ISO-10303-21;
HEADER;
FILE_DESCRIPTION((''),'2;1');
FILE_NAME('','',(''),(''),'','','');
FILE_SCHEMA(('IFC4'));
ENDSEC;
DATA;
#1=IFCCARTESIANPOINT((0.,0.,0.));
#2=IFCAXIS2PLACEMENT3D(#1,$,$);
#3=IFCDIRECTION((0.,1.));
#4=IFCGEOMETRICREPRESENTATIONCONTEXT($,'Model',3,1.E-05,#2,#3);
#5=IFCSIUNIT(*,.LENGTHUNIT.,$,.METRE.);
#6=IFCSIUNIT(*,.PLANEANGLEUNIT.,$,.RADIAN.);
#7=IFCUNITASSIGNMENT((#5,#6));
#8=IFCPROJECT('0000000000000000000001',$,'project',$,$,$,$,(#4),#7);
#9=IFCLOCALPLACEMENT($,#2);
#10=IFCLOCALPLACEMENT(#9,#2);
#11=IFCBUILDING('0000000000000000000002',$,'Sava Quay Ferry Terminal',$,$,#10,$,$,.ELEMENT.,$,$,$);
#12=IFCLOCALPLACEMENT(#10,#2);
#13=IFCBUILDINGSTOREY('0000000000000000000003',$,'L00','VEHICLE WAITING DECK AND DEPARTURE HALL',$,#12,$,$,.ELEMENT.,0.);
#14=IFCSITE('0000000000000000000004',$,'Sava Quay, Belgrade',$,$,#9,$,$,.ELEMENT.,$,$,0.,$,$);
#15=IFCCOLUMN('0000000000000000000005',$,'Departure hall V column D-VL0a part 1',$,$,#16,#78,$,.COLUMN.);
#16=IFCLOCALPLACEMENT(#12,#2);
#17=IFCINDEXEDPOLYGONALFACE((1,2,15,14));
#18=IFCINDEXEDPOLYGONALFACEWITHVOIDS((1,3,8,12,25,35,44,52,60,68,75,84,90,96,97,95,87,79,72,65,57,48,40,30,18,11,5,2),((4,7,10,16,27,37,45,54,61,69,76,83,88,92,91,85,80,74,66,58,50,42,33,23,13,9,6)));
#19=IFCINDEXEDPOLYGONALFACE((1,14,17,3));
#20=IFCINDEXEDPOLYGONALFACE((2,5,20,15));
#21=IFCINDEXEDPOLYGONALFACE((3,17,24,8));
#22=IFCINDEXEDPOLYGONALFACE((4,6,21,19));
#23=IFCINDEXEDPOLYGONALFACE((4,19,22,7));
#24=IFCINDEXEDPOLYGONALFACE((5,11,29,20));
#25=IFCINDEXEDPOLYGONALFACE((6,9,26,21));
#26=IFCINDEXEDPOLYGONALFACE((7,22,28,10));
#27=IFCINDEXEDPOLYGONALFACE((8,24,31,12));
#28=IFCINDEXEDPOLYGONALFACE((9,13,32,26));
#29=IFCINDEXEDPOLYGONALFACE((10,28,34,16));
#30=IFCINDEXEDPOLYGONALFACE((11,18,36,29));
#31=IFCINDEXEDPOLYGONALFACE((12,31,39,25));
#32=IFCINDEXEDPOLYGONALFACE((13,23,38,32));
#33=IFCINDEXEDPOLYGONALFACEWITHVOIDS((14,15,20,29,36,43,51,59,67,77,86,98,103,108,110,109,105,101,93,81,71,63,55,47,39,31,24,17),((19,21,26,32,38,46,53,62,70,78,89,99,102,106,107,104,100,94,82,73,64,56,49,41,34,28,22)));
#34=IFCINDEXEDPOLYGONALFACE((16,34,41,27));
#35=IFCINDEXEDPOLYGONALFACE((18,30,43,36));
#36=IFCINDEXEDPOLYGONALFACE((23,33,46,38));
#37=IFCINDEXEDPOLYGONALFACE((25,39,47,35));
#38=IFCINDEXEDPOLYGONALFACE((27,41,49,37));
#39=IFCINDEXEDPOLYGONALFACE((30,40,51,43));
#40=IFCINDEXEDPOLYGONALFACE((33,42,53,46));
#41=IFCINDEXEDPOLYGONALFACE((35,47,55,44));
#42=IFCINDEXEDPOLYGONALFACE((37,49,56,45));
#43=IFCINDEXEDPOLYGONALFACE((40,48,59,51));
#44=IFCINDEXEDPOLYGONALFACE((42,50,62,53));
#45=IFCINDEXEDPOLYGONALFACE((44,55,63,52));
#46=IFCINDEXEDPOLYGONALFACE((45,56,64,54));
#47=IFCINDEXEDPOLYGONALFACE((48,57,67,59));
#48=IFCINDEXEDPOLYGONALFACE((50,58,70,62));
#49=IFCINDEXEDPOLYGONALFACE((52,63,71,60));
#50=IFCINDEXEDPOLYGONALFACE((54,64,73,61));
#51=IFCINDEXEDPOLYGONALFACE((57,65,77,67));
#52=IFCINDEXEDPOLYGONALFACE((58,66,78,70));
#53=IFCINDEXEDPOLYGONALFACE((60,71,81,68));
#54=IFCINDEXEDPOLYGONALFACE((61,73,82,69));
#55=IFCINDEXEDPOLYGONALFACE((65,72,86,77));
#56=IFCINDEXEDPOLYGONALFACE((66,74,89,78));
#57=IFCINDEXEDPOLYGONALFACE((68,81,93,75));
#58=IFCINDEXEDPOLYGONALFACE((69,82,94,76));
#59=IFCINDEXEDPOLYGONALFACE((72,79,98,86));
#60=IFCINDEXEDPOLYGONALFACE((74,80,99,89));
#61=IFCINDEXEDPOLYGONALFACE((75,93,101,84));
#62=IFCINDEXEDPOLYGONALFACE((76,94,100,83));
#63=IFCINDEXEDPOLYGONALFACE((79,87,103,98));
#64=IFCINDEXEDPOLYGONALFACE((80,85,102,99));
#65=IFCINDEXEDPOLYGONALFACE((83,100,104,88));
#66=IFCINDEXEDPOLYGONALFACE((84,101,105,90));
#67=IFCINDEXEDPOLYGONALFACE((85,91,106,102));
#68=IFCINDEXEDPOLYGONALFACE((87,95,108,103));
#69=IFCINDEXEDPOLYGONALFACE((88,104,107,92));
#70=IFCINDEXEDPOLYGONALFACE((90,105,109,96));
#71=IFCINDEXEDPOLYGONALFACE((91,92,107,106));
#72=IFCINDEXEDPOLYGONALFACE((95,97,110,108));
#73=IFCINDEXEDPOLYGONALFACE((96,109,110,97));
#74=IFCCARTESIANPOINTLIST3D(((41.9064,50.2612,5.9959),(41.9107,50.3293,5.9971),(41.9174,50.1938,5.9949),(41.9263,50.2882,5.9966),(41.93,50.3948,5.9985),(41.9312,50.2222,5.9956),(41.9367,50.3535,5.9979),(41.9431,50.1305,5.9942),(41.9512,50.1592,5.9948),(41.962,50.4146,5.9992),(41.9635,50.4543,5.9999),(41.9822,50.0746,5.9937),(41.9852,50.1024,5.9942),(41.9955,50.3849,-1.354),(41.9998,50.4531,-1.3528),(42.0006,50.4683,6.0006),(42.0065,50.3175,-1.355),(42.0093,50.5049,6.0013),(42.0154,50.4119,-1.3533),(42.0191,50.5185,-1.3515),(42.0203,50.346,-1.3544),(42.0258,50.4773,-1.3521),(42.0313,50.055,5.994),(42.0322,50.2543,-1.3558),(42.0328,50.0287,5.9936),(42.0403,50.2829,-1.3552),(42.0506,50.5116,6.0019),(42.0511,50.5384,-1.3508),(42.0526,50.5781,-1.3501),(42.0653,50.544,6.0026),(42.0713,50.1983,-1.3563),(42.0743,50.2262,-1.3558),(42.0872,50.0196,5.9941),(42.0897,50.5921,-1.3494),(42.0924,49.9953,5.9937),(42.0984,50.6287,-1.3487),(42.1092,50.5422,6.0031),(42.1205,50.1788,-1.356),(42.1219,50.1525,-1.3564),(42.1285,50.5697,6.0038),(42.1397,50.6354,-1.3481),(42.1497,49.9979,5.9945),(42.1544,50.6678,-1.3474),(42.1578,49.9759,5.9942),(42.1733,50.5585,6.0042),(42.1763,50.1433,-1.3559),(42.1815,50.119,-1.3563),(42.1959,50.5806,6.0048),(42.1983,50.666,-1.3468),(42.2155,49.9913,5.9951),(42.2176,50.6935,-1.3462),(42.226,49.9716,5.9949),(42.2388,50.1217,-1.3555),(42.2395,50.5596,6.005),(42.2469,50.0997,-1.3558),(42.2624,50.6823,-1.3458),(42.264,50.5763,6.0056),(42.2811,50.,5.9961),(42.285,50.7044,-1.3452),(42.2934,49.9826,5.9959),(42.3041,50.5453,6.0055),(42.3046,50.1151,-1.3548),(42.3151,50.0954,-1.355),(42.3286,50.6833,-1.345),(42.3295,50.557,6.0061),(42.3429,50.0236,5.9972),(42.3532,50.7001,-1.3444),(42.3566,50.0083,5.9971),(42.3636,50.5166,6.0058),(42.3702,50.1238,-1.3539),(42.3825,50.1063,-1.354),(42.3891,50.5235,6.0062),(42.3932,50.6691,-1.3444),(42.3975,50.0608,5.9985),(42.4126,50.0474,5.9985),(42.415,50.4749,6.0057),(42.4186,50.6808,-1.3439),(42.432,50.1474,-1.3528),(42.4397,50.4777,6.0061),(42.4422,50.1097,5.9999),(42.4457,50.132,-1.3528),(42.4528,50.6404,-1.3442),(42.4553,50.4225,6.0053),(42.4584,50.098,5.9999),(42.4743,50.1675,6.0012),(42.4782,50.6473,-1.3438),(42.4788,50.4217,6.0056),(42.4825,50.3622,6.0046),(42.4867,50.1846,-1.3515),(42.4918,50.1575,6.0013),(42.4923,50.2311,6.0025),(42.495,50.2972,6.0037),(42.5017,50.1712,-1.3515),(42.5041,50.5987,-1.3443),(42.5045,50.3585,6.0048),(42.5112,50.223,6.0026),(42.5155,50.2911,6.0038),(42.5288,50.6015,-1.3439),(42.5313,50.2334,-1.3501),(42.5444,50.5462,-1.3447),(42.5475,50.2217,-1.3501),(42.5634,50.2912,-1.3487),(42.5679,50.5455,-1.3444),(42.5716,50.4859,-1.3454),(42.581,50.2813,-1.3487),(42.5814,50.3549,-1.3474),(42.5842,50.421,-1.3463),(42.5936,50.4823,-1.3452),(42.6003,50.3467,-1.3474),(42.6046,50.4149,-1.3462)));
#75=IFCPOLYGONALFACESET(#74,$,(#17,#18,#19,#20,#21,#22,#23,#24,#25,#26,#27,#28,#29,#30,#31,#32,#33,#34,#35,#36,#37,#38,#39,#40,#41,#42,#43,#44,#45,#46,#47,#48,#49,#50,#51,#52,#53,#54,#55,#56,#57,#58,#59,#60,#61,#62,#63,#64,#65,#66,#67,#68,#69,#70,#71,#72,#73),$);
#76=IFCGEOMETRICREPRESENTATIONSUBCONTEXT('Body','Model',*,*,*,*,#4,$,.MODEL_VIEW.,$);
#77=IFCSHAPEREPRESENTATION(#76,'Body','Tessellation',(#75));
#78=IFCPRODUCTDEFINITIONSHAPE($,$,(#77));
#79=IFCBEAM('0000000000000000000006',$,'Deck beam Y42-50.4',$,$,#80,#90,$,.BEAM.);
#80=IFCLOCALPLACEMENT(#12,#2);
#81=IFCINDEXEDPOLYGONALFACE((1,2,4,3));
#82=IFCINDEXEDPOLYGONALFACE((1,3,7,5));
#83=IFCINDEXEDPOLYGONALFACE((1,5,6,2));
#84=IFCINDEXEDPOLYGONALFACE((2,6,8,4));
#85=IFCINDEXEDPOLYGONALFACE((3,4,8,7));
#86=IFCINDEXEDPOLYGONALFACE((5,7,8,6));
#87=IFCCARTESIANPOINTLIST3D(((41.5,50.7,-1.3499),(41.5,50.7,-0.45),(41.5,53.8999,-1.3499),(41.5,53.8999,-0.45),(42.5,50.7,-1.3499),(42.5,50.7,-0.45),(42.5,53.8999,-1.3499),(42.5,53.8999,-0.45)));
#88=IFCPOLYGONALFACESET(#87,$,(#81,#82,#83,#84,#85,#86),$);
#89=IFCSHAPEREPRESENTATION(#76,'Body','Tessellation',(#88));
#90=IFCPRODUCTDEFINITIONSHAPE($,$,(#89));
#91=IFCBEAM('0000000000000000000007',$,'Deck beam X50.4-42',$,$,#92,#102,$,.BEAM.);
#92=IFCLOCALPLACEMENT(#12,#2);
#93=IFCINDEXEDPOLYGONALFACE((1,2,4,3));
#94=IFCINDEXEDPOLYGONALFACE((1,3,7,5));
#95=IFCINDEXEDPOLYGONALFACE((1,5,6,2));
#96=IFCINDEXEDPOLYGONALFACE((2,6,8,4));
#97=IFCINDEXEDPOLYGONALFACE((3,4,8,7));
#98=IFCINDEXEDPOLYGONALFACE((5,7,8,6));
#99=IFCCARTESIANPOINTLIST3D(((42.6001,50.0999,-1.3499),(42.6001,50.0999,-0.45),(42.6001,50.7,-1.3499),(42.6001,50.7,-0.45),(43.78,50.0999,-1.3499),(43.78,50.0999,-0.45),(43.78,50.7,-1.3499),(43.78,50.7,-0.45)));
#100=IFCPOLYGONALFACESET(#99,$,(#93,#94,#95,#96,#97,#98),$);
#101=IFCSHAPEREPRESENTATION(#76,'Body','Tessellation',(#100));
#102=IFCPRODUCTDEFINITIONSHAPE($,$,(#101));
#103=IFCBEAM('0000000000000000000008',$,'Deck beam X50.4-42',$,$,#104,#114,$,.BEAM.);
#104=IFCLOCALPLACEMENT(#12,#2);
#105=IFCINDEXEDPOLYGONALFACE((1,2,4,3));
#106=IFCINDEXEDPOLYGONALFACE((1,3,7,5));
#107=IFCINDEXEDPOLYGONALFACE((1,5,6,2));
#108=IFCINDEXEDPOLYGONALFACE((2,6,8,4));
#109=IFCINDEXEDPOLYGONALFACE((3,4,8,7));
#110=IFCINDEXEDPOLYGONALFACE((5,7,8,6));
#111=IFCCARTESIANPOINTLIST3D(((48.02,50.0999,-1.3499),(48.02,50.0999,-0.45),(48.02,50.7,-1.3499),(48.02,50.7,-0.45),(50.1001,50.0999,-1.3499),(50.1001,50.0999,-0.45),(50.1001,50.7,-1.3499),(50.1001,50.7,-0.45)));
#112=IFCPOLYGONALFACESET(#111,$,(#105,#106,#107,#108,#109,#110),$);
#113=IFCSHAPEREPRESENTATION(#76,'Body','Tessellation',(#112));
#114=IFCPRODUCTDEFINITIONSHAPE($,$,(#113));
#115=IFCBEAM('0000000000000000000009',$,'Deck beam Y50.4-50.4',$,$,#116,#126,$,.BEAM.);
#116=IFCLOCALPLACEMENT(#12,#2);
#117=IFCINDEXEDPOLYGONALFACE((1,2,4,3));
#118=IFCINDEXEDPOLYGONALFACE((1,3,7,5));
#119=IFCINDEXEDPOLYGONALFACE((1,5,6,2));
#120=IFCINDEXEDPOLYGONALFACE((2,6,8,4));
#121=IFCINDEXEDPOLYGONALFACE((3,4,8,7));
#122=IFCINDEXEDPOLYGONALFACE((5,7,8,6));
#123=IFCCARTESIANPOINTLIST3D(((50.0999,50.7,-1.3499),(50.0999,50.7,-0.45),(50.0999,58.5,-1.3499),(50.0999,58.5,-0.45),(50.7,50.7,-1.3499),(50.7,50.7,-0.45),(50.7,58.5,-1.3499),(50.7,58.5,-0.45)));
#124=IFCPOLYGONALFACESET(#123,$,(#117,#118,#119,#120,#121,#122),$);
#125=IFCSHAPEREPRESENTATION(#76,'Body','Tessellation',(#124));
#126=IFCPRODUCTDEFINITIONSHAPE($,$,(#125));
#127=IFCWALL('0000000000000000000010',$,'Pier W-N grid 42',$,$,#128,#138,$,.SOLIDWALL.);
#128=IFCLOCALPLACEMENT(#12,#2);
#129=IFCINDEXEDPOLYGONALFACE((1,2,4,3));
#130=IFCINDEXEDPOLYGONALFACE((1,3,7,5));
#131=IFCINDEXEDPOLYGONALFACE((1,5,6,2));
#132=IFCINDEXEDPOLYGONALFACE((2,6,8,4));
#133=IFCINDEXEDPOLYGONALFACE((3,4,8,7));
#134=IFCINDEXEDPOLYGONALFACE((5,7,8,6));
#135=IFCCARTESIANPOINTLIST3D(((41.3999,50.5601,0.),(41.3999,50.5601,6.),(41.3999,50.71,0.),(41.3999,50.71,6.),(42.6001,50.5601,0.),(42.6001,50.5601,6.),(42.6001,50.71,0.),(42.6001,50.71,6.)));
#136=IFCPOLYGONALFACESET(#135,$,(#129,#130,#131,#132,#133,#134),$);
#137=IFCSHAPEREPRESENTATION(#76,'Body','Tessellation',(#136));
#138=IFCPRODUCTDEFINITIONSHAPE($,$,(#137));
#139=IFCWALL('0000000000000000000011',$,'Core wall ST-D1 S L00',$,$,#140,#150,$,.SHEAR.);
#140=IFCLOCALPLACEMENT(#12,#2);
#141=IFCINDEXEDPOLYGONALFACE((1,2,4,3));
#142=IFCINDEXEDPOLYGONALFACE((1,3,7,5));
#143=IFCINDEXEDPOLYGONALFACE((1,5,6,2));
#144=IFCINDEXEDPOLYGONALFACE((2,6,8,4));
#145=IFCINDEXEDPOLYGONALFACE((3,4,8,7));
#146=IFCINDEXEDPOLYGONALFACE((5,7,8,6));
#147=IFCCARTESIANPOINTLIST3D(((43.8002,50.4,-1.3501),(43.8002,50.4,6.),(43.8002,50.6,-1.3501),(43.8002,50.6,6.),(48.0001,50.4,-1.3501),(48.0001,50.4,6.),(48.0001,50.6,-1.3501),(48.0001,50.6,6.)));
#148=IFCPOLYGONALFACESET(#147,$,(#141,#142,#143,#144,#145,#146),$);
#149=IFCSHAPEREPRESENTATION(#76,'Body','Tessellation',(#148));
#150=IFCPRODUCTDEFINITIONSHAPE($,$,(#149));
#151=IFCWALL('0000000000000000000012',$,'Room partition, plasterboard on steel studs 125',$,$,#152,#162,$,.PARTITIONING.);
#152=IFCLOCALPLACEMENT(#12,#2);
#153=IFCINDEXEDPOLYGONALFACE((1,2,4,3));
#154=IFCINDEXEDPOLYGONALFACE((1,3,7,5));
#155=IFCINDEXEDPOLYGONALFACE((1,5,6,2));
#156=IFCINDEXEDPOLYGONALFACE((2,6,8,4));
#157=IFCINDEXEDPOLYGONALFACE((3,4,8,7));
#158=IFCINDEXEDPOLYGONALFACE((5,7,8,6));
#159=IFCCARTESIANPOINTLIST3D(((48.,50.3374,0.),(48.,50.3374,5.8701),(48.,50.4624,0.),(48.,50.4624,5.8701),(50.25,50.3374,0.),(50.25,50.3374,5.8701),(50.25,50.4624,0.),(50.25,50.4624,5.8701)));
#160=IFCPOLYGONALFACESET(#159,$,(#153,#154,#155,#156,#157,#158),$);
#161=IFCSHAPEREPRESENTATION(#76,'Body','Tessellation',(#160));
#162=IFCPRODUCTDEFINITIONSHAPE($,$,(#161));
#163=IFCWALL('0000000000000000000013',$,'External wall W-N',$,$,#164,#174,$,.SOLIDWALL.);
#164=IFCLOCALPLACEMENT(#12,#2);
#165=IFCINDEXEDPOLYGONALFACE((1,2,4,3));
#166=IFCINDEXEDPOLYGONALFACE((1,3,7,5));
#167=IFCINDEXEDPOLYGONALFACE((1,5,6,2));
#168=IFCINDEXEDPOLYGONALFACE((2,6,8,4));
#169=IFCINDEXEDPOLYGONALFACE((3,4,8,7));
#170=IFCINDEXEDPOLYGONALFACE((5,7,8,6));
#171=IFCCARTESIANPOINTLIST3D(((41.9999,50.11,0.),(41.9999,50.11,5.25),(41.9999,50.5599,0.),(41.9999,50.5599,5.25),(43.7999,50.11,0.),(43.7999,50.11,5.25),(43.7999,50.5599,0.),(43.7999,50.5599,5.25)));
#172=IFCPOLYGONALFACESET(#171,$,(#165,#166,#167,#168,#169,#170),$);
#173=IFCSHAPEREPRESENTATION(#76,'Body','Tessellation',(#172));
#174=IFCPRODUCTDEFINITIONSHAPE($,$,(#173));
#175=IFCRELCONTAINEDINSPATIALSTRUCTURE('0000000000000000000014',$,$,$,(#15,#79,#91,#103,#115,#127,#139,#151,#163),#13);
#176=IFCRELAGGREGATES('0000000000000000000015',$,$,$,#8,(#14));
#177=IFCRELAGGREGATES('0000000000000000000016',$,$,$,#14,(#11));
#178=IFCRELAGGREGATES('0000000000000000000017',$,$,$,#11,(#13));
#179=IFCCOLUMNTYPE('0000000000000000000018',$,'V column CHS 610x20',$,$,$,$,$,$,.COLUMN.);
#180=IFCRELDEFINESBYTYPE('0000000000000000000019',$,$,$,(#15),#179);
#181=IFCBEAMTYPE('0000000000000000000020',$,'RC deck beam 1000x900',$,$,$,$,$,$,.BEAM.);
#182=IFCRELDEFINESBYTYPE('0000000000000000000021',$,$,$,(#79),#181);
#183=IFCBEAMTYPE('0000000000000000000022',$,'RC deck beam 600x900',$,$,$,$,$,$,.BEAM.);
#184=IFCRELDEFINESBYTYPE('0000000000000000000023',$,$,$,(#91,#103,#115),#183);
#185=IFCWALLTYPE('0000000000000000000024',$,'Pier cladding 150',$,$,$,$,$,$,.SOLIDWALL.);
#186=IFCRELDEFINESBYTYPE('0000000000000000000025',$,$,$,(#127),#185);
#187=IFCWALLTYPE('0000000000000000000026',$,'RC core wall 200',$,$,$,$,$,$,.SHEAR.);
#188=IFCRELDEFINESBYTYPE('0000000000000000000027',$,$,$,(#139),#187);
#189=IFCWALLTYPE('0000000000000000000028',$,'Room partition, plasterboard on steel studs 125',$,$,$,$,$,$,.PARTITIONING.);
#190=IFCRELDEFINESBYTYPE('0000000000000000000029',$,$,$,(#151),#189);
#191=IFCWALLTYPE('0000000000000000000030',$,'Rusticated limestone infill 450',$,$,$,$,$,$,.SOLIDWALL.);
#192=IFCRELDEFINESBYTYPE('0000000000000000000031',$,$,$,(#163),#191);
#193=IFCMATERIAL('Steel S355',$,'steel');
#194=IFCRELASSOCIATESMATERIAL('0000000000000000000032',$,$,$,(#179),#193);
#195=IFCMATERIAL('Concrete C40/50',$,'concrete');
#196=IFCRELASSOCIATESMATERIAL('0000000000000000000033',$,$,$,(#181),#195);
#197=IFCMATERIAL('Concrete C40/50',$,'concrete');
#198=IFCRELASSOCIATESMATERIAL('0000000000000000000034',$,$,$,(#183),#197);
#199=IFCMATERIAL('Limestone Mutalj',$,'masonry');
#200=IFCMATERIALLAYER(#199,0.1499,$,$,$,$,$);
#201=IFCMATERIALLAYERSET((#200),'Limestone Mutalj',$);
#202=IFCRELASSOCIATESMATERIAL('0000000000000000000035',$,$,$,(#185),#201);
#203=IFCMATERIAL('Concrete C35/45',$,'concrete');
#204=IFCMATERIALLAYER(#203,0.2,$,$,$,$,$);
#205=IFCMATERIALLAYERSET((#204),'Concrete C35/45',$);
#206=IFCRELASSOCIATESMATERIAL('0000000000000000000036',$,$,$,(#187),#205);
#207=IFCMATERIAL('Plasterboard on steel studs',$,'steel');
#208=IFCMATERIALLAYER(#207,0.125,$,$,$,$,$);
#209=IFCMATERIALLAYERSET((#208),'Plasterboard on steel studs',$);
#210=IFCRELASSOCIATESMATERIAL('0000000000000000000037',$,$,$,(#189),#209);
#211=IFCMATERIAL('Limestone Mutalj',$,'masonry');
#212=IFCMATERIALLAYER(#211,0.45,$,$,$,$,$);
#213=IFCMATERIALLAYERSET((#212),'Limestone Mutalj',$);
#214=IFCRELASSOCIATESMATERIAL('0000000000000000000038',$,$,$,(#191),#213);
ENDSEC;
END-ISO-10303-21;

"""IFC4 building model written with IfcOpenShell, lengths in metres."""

from ifc_helpers import new_model, si_unit, direction, frame, frame_2d, origin, origin_2d, place, context, subcontext, project, spatial, rectangle, hollow_circle, extrude, material, layer, layer_set, material_profile, profile_set, type_object, element, save


model = new_model("IFC4")

# Units and contexts
model_context = context("Model", 3, precision=1e-05, world=origin(), true_north=direction((0.0, 1.0)))
body_context = subcontext(model_context, "Body", "Model", "MODEL_VIEW")
ifc_project = project(units=[si_unit("LENGTHUNIT", "METRE"), si_unit("PLANEANGLEUNIT", "RADIAN")], contexts=[model_context])

# Site, building, storey
site_placement = place(None, origin())
site = spatial("IfcSite", under=ifc_project, at=site_placement, Name="Sava Quay, Belgrade", CompositionType="ELEMENT", RefElevation=0.0)
building_placement = place(site_placement, origin())
building = spatial("IfcBuilding", under=site, at=building_placement, Name="Sava Quay Ferry Terminal", CompositionType="ELEMENT")
storey_placement = place(building_placement, origin())
storey = spatial("IfcBuildingStorey", under=building, at=storey_placement, Name="L00", Description="VEHICLE WAITING DECK AND DEPARTURE HALL", CompositionType="ELEMENT", Elevation=0.0)

# Column
ifc_material_1 = material(Name="Steel S355", Category="steel")
ifc_material_profile_1 = material_profile(ifc_material_1, hollow_circle(Radius=0.3049, WallThickness=0.02, at=origin_2d()), Name="CHS 610 x 20.0")
ifc_profile_set_1 = profile_set([ifc_material_profile_1], Name="Steel S355")
column_type_1 = type_object("IfcColumnType", Name="V column CHS 610x20", PredefinedType="COLUMN", material=ifc_profile_set_1)
column_1_placement = place(storey_placement, frame((42.3, 50.3999, -1.3501), z_axis=(-0.012121, -0.016837, 0.999785), x_axis=(0.811565, -0.584263, 0.0)))
element("IfcColumn", 1, at=column_1_placement, inside=storey, type_object=column_type_1, Name="Departure hall V column D-VL0a part 1", PredefinedType="COLUMN", context=body_context, shape_type="SweptSolid", body=[
    extrude(hollow_circle(Radius=0.3049, WallThickness=0.02, at=origin_2d()), origin(), (0.0, 0.0, 1.0), 7.3516),
])

# Beams
ifc_material_2 = material(Name="Concrete C40/50", Category="concrete")
ifc_material_profile_2 = material_profile(ifc_material_2, rectangle(XDim=1.0, YDim=0.8999, at=origin_2d()), Name="RC 1000x900")
ifc_profile_set_2 = profile_set([ifc_material_profile_2], Name="Concrete C40/50")
beam_type_1 = type_object("IfcBeamType", Name="RC deck beam 1000x900", PredefinedType="BEAM", material=ifc_profile_set_2)
beam_1_placement = place(storey_placement, frame((42.0, 50.7, -0.8999), z_axis=(0.0, 1.0, 0.0), x_axis=(-1.0, 0.0, 0.0)))
element("IfcBeam", 2, at=beam_1_placement, inside=storey, type_object=beam_type_1, Name="Deck beam Y42-50.4", PredefinedType="BEAM", context=body_context, shape_type="SweptSolid", body=[
    extrude(rectangle(XDim=1.0, YDim=0.8999, at=origin_2d()), origin(), (0.0, 0.0, 1.0), 3.2),
])
ifc_material_3 = material(Name="Concrete C40/50", Category="concrete")
ifc_material_profile_3 = material_profile(ifc_material_3, rectangle(XDim=0.6001, YDim=0.8999, at=origin_2d()), Name="RC 600x900")
ifc_profile_set_3 = profile_set([ifc_material_profile_3], Name="Concrete C40/50")
beam_type_2 = type_object("IfcBeamType", Name="RC deck beam 600x900", PredefinedType="BEAM", material=ifc_profile_set_3)
beam_2_placement = place(storey_placement, frame((42.6001, 50.3999, -0.8999), z_axis=(1.0, 0.0, 0.0), x_axis=(0.0, 1.0, 0.0)))
element("IfcBeam", 3, at=beam_2_placement, inside=storey, type_object=beam_type_2, Name="Deck beam X50.4-42", PredefinedType="BEAM", context=body_context, shape_type="SweptSolid", body=[
    extrude(rectangle(XDim=0.6001, YDim=0.8999, at=origin_2d()), origin(), (0.0, 0.0, 1.0), 1.1799),
])
beam_3_placement = place(storey_placement, frame((48.02, 50.3999, -0.8999), z_axis=(1.0, 0.0, 0.0), x_axis=(0.0, 1.0, 0.0)))
element("IfcBeam", 4, at=beam_3_placement, inside=storey, type_object=beam_type_2, Name="Deck beam X50.4-42", PredefinedType="BEAM", context=body_context, shape_type="SweptSolid", body=[
    extrude(rectangle(XDim=0.6001, YDim=0.8999, at=origin_2d()), origin(), (0.0, 0.0, 1.0), 2.0801),
])
beam_4_placement = place(storey_placement, frame((50.3999, 50.7, -0.8999), z_axis=(0.0, 1.0, 0.0), x_axis=(-1.0, 0.0, 0.0)))
element("IfcBeam", 5, at=beam_4_placement, inside=storey, type_object=beam_type_2, Name="Deck beam Y50.4-50.4", PredefinedType="BEAM", context=body_context, shape_type="SweptSolid", body=[
    extrude(rectangle(XDim=0.6001, YDim=0.8999, at=origin_2d()), origin(), (0.0, 0.0, 1.0), 7.8),
])

# Walls
ifc_material_4 = material(Name="Limestone Mutalj", Category="masonry")
ifc_layer_1 = layer(ifc_material_4, 0.1499)
ifc_layer_set_1 = layer_set([ifc_layer_1], Name="Limestone Mutalj")
wall_type_1 = type_object("IfcWallType", Name="Pier cladding 150", PredefinedType="SOLIDWALL", material=ifc_layer_set_1)
wall_1_placement = place(storey_placement, frame((41.3999, 50.635, 0.0), z_axis=(0.0, 0.0, 1.0), x_axis=(1.0, 0.0, 0.0)))
element("IfcWall", 6, at=wall_1_placement, inside=storey, type_object=wall_type_1, Name="Pier W-N grid 42", PredefinedType="SOLIDWALL", context=body_context, shape_type="SweptSolid", body=[
    extrude(rectangle(XDim=1.2002, YDim=0.1499, at=frame_2d((0.6001, 0.0))), origin(), (0.0, 0.0, 1.0), 6.0),
])
ifc_material_5 = material(Name="Concrete C35/45", Category="concrete")
ifc_layer_2 = layer(ifc_material_5, 0.2)
ifc_layer_set_2 = layer_set([ifc_layer_2], Name="Concrete C35/45")
wall_type_2 = type_object("IfcWallType", Name="RC core wall 200", PredefinedType="SHEAR", material=ifc_layer_set_2)
wall_2_placement = place(storey_placement, frame((43.8, 50.5, -1.3501), z_axis=(0.0, 0.0, 1.0), x_axis=(1.0, 0.0, 0.0)))
element("IfcWall", 7, at=wall_2_placement, inside=storey, type_object=wall_type_2, Name="Core wall ST-D1 S L00", PredefinedType="SHEAR", context=body_context, shape_type="SweptSolid", body=[
    extrude(rectangle(XDim=4.2, YDim=0.2, at=frame_2d((2.1001, 0.0))), origin(), (0.0, 0.0, 1.0), 7.3501),
])

# Walls
ifc_material_6 = material(Name="Plasterboard on steel studs", Category="steel")
ifc_layer_3 = layer(ifc_material_6, 0.125)
ifc_layer_set_3 = layer_set([ifc_layer_3], Name="Plasterboard on steel studs")
wall_type_3 = type_object("IfcWallType", Name="Room partition, plasterboard on steel studs 125", PredefinedType="PARTITIONING", material=ifc_layer_set_3)
wall_3_placement = place(storey_placement, frame((48.0, 50.3999, 0.0), z_axis=(0.0, 0.0, 1.0), x_axis=(1.0, 0.0, 0.0)))
element("IfcWall", 8, at=wall_3_placement, inside=storey, type_object=wall_type_3, Name="Room partition, plasterboard on steel studs 125", PredefinedType="PARTITIONING", context=body_context, shape_type="SweptSolid", body=[
    extrude(rectangle(XDim=2.25, YDim=0.125, at=frame_2d((1.125, 0.0))), origin(), (0.0, 0.0, 1.0), 5.8701),
])
ifc_material_7 = material(Name="Limestone Mutalj", Category="masonry")
ifc_layer_4 = layer(ifc_material_7, 0.45)
ifc_layer_set_4 = layer_set([ifc_layer_4], Name="Limestone Mutalj")
wall_type_4 = type_object("IfcWallType", Name="Rusticated limestone infill 450", PredefinedType="SOLIDWALL", material=ifc_layer_set_4)
wall_4_placement = place(storey_placement, frame((42.0, 50.335, 0.0), z_axis=(0.0, 0.0, 1.0), x_axis=(1.0, 0.0, 0.0)))
element("IfcWall", 9, at=wall_4_placement, inside=storey, type_object=wall_type_4, Name="External wall W-N", PredefinedType="SOLIDWALL", context=body_context, shape_type="SweptSolid", body=[
    extrude(rectangle(XDim=1.8, YDim=0.45, at=frame_2d((0.8999, 0.0))), origin(), (0.0, 0.0, 1.0), 5.25),
])

save(model, "model.ifc")
